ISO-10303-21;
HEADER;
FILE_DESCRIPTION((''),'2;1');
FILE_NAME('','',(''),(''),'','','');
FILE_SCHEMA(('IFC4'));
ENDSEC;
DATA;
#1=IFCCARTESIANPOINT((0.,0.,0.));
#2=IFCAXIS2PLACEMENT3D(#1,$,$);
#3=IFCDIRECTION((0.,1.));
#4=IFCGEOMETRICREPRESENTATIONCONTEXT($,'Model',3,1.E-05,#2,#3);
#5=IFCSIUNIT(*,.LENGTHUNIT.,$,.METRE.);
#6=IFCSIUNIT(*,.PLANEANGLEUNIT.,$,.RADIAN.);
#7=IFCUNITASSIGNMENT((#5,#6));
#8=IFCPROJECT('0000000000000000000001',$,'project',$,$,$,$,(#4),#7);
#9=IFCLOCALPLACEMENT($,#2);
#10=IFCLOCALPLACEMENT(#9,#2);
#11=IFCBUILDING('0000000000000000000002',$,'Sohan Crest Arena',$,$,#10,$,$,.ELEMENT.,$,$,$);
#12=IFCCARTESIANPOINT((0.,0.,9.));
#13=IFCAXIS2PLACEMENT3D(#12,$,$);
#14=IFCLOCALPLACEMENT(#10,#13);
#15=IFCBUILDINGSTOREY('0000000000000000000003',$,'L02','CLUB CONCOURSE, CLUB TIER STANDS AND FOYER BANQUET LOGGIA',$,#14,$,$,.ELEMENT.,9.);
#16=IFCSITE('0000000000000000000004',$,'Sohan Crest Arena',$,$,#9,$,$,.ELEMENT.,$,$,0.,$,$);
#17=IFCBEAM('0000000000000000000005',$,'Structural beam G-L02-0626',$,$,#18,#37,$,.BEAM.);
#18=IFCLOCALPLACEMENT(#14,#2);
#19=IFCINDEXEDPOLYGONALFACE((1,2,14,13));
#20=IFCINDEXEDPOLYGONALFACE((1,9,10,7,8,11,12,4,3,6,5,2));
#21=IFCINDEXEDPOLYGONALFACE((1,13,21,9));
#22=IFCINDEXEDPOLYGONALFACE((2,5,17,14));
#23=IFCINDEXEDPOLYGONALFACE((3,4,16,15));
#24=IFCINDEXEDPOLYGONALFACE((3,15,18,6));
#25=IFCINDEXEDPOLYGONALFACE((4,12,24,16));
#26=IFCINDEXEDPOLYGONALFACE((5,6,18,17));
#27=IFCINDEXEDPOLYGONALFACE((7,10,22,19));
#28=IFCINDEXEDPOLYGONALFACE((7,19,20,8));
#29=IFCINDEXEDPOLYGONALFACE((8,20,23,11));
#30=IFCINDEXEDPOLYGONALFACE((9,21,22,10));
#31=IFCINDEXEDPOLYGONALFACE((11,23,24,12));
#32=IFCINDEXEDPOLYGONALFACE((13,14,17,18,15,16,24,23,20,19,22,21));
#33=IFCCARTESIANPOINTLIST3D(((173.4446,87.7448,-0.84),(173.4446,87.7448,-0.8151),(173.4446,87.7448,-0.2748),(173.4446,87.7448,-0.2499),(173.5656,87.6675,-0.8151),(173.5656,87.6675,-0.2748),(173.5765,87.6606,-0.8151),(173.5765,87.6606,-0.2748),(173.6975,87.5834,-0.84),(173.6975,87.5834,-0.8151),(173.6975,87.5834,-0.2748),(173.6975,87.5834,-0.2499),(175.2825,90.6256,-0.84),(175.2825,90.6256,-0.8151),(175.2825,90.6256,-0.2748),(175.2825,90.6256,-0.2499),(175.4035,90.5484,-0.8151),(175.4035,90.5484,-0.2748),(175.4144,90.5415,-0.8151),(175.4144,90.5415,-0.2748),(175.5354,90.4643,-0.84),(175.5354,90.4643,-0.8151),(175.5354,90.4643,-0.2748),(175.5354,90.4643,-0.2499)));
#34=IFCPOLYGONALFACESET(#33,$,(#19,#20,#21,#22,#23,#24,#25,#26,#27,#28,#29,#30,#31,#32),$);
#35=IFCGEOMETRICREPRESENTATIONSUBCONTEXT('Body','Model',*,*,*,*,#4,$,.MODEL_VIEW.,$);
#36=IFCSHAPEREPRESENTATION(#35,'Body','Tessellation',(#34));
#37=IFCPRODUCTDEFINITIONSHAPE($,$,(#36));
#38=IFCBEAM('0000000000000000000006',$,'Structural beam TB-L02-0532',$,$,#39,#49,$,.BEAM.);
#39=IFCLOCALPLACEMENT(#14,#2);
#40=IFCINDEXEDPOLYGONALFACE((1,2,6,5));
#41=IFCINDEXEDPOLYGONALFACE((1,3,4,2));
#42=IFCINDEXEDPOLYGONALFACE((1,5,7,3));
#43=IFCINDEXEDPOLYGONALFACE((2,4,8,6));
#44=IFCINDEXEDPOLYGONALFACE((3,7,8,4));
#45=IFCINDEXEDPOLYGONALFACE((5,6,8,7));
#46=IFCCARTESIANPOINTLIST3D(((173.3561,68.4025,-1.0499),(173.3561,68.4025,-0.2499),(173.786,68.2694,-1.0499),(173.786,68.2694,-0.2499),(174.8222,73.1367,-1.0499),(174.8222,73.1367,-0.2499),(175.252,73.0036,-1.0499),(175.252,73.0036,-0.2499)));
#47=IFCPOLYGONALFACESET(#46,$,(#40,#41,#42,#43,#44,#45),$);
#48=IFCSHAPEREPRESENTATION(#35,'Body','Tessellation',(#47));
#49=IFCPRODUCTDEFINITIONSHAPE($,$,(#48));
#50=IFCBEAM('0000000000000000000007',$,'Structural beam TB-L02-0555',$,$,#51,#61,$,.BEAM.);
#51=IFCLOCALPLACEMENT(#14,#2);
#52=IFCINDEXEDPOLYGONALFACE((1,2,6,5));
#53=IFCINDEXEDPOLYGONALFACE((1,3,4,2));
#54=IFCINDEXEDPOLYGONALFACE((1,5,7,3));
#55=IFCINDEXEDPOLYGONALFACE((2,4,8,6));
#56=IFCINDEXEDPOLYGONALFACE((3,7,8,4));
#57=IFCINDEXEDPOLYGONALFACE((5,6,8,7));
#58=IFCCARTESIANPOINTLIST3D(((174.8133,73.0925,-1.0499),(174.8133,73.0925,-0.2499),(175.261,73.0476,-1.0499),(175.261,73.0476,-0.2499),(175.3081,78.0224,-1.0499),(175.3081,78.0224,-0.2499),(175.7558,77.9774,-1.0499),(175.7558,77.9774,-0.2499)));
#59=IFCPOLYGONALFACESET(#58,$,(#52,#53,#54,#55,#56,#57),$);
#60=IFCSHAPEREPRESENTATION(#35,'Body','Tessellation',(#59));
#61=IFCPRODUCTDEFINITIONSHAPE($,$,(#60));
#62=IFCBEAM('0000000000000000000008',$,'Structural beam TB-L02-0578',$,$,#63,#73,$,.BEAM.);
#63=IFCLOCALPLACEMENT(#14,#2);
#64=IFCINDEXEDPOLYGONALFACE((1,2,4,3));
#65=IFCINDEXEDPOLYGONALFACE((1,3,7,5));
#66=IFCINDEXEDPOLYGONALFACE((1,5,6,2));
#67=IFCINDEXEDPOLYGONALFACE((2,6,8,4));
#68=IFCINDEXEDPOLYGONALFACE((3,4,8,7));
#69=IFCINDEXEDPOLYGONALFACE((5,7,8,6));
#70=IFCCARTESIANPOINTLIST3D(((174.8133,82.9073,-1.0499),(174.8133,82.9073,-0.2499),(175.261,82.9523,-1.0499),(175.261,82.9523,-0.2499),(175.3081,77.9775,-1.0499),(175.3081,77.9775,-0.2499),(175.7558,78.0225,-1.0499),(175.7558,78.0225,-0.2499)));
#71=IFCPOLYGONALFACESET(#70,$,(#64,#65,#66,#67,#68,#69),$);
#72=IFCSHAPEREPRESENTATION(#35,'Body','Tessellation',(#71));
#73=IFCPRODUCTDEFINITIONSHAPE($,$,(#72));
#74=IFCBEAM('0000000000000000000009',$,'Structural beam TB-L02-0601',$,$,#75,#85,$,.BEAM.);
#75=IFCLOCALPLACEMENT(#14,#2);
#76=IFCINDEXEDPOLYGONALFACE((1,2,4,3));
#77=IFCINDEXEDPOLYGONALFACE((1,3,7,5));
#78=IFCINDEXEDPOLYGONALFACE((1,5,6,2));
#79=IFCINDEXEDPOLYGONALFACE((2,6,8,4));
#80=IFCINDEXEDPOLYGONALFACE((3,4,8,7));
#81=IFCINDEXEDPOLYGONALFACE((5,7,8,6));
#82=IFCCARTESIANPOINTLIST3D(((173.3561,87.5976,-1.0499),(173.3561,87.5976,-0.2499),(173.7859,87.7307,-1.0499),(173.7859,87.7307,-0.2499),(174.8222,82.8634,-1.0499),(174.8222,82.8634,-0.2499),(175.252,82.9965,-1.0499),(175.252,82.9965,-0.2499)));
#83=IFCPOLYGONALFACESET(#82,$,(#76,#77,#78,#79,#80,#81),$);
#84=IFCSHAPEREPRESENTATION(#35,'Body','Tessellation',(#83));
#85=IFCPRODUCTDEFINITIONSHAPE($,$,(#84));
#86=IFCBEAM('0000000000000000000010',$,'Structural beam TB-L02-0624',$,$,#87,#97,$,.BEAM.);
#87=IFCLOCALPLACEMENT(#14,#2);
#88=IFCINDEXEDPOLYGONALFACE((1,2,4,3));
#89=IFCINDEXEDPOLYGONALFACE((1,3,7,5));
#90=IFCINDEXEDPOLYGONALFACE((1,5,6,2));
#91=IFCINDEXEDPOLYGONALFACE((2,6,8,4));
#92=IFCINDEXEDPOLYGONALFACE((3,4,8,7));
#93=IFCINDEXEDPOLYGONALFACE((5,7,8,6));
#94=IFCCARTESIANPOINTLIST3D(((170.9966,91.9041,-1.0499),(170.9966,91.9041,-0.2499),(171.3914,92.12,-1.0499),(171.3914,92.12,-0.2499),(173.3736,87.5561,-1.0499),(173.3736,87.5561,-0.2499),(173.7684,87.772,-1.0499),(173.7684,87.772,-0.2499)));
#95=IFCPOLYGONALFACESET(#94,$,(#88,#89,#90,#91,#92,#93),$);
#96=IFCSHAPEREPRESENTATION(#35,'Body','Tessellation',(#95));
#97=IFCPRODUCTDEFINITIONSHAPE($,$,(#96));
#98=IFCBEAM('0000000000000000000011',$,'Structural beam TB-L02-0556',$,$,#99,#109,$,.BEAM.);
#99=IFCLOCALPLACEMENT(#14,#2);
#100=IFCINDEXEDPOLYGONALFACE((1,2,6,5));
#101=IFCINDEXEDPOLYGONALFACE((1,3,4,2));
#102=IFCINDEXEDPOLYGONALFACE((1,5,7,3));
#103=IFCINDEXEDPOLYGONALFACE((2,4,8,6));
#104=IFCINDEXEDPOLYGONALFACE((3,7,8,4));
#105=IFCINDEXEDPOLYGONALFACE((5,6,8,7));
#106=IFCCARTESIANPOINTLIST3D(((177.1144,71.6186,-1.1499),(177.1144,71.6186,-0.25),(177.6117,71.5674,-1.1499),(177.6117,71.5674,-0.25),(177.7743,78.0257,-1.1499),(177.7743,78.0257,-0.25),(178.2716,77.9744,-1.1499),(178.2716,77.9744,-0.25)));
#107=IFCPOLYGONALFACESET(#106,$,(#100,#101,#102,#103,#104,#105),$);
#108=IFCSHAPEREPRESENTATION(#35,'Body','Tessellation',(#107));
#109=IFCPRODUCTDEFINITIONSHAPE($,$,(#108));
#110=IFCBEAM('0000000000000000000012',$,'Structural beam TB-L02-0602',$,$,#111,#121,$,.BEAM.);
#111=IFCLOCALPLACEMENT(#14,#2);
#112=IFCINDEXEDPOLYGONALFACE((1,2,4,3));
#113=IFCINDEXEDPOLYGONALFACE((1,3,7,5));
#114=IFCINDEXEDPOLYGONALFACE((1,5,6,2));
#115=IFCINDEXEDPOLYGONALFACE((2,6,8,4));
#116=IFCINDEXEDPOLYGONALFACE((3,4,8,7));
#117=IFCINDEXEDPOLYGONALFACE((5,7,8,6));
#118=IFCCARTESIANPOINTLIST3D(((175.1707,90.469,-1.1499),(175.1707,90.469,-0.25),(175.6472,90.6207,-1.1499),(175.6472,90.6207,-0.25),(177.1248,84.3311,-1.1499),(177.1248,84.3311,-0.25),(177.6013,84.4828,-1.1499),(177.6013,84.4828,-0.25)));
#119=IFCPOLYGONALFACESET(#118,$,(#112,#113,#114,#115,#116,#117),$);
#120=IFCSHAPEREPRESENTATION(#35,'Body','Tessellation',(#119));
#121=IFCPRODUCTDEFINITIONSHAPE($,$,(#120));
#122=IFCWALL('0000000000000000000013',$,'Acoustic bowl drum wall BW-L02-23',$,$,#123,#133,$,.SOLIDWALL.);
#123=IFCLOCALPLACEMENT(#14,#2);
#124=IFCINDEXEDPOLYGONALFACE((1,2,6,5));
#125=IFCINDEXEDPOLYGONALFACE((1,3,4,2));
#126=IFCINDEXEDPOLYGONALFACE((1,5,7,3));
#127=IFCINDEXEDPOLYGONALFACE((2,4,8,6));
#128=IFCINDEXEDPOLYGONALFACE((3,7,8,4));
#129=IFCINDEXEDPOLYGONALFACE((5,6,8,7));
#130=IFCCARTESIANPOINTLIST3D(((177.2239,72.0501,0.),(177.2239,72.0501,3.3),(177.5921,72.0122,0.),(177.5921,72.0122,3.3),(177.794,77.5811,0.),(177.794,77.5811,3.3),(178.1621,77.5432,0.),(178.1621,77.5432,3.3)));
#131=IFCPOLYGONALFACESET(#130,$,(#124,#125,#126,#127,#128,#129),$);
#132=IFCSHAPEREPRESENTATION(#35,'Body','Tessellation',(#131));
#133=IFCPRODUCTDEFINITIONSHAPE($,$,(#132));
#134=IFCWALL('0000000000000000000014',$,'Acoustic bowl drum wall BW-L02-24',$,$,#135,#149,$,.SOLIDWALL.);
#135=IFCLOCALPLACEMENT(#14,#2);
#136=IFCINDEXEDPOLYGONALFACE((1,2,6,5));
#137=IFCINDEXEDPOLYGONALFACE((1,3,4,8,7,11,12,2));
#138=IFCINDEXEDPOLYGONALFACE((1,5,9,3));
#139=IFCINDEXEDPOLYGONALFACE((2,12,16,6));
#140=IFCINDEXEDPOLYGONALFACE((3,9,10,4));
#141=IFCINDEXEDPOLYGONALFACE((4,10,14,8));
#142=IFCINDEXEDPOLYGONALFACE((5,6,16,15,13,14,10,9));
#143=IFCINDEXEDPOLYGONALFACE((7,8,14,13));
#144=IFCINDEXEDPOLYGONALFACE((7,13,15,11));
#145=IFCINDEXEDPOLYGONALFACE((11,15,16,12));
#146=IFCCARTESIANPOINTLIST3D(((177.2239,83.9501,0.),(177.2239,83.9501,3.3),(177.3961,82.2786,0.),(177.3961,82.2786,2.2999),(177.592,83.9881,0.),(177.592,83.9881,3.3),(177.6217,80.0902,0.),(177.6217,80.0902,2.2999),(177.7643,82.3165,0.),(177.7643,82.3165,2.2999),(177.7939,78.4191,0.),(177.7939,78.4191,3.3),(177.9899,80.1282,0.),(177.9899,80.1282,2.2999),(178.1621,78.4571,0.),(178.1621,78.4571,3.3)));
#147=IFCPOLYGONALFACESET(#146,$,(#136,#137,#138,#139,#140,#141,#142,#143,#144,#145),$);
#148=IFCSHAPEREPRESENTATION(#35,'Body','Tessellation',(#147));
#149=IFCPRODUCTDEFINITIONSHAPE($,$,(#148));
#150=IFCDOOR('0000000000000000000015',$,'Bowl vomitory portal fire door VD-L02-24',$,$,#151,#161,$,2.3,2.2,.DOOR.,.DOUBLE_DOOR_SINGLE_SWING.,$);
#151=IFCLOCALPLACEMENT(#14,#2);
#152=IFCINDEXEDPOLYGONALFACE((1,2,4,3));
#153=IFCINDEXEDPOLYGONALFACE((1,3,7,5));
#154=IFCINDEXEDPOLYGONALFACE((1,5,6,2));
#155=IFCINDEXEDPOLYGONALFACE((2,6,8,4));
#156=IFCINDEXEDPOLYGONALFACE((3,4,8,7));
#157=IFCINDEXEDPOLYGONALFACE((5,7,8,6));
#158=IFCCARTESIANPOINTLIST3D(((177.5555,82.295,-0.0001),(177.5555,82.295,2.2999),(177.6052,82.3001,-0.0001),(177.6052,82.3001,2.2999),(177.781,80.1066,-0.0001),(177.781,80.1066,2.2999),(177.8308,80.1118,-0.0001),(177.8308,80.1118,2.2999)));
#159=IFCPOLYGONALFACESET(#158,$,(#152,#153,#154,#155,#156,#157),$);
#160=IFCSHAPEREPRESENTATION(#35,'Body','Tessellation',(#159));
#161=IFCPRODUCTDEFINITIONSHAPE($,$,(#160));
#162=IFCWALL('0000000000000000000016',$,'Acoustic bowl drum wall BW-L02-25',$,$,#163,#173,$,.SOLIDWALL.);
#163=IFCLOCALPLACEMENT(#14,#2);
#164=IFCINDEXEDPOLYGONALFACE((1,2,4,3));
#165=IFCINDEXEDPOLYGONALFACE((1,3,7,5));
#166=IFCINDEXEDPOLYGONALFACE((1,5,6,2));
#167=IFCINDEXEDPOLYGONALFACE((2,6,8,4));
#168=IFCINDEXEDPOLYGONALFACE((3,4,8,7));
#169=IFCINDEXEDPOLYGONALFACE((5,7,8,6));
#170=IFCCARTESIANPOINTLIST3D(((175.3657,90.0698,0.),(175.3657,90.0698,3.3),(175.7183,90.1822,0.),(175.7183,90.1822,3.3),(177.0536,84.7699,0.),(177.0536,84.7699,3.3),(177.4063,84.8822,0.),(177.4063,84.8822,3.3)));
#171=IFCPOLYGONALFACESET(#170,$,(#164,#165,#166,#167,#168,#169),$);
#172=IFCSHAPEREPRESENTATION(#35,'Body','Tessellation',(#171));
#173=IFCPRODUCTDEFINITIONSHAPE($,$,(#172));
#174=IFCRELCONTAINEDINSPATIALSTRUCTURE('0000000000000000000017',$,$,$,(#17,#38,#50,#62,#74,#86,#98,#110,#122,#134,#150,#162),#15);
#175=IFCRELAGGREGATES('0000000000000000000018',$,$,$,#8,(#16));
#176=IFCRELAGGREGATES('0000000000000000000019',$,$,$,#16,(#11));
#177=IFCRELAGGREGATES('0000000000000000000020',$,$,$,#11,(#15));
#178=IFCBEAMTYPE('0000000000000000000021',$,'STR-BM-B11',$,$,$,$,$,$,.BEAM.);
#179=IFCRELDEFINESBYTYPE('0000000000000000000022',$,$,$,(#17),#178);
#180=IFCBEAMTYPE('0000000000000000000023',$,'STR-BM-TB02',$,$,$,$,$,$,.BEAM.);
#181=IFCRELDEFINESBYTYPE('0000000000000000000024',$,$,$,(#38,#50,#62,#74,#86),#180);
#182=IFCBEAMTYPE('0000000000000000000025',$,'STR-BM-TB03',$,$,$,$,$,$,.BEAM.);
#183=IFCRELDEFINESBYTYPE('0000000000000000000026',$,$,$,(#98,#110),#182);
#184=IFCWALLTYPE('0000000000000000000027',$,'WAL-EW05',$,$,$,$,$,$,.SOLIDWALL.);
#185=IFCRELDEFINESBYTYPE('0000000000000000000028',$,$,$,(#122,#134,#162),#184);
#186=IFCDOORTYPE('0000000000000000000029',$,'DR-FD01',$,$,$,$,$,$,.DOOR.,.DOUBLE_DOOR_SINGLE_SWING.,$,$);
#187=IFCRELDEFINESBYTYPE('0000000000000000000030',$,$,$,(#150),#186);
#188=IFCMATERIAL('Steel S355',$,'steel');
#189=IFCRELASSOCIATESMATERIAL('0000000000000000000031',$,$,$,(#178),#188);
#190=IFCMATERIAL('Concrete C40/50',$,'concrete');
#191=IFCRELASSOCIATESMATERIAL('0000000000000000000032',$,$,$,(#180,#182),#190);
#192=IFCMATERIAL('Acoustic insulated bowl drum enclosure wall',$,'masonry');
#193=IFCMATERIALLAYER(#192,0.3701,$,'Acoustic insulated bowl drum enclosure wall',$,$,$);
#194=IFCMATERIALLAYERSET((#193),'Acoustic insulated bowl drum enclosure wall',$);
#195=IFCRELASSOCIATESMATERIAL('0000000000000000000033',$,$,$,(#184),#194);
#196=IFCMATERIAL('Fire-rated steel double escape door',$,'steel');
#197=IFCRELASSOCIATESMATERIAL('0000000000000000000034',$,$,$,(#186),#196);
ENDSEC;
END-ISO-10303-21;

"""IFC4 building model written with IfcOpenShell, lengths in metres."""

from ifc_helpers import new_model, si_unit, direction, frame, frame_2d, origin, origin_2d, place, context, subcontext, project, spatial, rectangle, i_section, extrude, material, layer, layer_set, material_profile, profile_set, type_object, element, fill, save


model = new_model("IFC4")

# Units and contexts
model_context = context("Model", 3, precision=1e-05, world=origin(), true_north=direction((0.0, 1.0)))
body_context = subcontext(model_context, "Body", "Model", "MODEL_VIEW")
ifc_project = project(units=[si_unit("LENGTHUNIT", "METRE"), si_unit("PLANEANGLEUNIT", "RADIAN")], contexts=[model_context])

# Site, building, storey
site_placement = place(None, origin())
site = spatial("IfcSite", under=ifc_project, at=site_placement, Name="Sohan Crest Arena", CompositionType="ELEMENT", RefElevation=0.0)
building_placement = place(site_placement, origin())
building = spatial("IfcBuilding", under=site, at=building_placement, Name="Sohan Crest Arena", CompositionType="ELEMENT")
storey_placement = place(building_placement, frame((0.0, 0.0, 9.0)))
storey = spatial("IfcBuildingStorey", under=building, at=storey_placement, Name="L02", Description="CLUB CONCOURSE, CLUB TIER STANDS AND FOYER BANQUET LOGGIA", CompositionType="ELEMENT", Elevation=9.0)

# Shared definitions
ifc_material_1 = material(Name="Concrete C40/50", Category="concrete")

# Beams
ifc_material_2 = material(Name="Steel S355", Category="steel")
ifc_material_profile_1 = material_profile(ifc_material_2, i_section(OverallWidth=0.3, OverallDepth=0.5901, WebThickness=0.0129, FlangeThickness=0.0249, at=origin_2d()), Name="HEA 600")
ifc_profile_set_1 = profile_set([ifc_material_profile_1], Name="Steel S355")
beam_type_1 = type_object("IfcBeamType", Name="STR-BM-B11", PredefinedType="BEAM", material=ifc_profile_set_1)
beam_1_placement = place(storey_placement, frame((173.571, 87.6641, -0.5449), z_axis=(0.537837, 0.843049, 0.0), x_axis=(-0.843049, 0.537837, 0.0)))
element("IfcBeam", 1, at=beam_1_placement, inside=storey, type_object=beam_type_1, Name="Structural beam G-L02-0626", PredefinedType="BEAM", context=body_context, shape_type="SweptSolid", body=[
    extrude(i_section(OverallWidth=0.3, OverallDepth=0.5901, WebThickness=0.0129, FlangeThickness=0.0249, at=origin_2d()), origin(), (0.0, 0.0, 1.0), 3.4172),
])
ifc_material_profile_2 = material_profile(ifc_material_1, rectangle(XDim=0.45, YDim=0.8, at=origin_2d()), Name="RC-BM 450x800")
ifc_profile_set_2 = profile_set([ifc_material_profile_2], Name="Concrete C40/50")
beam_type_2 = type_object("IfcBeamType", Name="STR-BM-TB02", PredefinedType="BEAM", material=ifc_profile_set_2)
beam_2_placement = place(storey_placement, frame((173.571, 68.3359, -0.6499), z_axis=(0.29582, 0.955244, 0.0), x_axis=(-0.955244, 0.29582, 0.0)))
element("IfcBeam", 2, at=beam_2_placement, inside=storey, type_object=beam_type_2, Name="Structural beam TB-L02-0532", PredefinedType="BEAM", context=body_context, shape_type="SweptSolid", body=[
    extrude(rectangle(XDim=0.45, YDim=0.8, at=origin_2d()), origin(), (0.0, 0.0, 1.0), 4.9561),
])
for number, where, z_axis, x_axis, name in (
    (3, (175.0371, 73.0701, -0.6499), (0.099879, 0.995, 0.0), (-0.995, 0.099879, 0.0), "Structural beam TB-L02-0555"),
    (4, (175.532, 78.0, -0.6499), (-0.099879, 0.995, 0.0), (-0.995, -0.099879, 0.0), "Structural beam TB-L02-0578"),
):
    element("IfcBeam", number, at=place(storey_placement, frame(where, z_axis=z_axis, x_axis=x_axis)), inside=storey, type_object=beam_type_2, Name=name, PredefinedType="BEAM", context=body_context, shape_type="SweptSolid", body=[
        extrude(rectangle(XDim=0.45, YDim=0.8, at=origin_2d()), origin(), (0.0, 0.0, 1.0), 4.9546),
    ])
beam_3_placement = place(storey_placement, frame((175.0371, 82.9299, -0.6499), z_axis=(-0.29582, 0.955244, 0.0), x_axis=(-0.955244, -0.29582, 0.0)))
element("IfcBeam", 5, at=beam_3_placement, inside=storey, type_object=beam_type_2, Name="Structural beam TB-L02-0601", PredefinedType="BEAM", context=body_context, shape_type="SweptSolid", body=[
    extrude(rectangle(XDim=0.45, YDim=0.8, at=origin_2d()), origin(), (0.0, 0.0, 1.0), 4.9561),
])
beam_4_placement = place(storey_placement, frame((173.571, 87.6641, -0.6499), z_axis=(-0.479687, 0.87744, 0.0), x_axis=(-0.87744, -0.479687, 0.0)))
element("IfcBeam", 6, at=beam_4_placement, inside=storey, type_object=beam_type_2, Name="Structural beam TB-L02-0624", PredefinedType="BEAM", context=body_context, shape_type="SweptSolid", body=[
    extrude(rectangle(XDim=0.45, YDim=0.8, at=origin_2d()), origin(), (0.0, 0.0, 1.0), 4.9553),
])
ifc_material_profile_3 = material_profile(ifc_material_1, rectangle(XDim=0.5, YDim=0.8999, at=origin_2d()), Name="RC-BM 500x900")
ifc_profile_set_3 = profile_set([ifc_material_profile_3], Name="Concrete C40/50")
beam_type_3 = type_object("IfcBeamType", Name="STR-BM-TB03", PredefinedType="BEAM", material=ifc_profile_set_3)
beam_5_placement = place(storey_placement, frame((177.363, 71.593, -0.7), z_axis=(0.102457, 0.994737, 0.0), x_axis=(-0.994737, 0.102457, 0.0)))
element("IfcBeam", 7, at=beam_5_placement, inside=storey, type_object=beam_type_3, Name="Structural beam TB-L02-0556", PredefinedType="BEAM", context=body_context, shape_type="SweptSolid", body=[
    extrude(rectangle(XDim=0.5, YDim=0.8999, at=origin_2d()), origin(), (0.0, 0.0, 1.0), 6.4409),
])
beam_6_placement = place(storey_placement, frame((177.363, 84.407, -0.7), z_axis=(-0.303362, 0.952875, 0.0), x_axis=(-0.952875, -0.303362, 0.0)))
element("IfcBeam", 8, at=beam_6_placement, inside=storey, type_object=beam_type_3, Name="Structural beam TB-L02-0602", PredefinedType="BEAM", context=body_context, shape_type="SweptSolid", body=[
    extrude(rectangle(XDim=0.5, YDim=0.8999, at=origin_2d()), origin(), (0.0, 0.0, 1.0), 6.4414),
])

# Wall
ifc_material_3 = material(Name="Acoustic insulated bowl drum enclosure wall", Category="masonry")
ifc_layer = layer(ifc_material_3, 0.3701, Name="Acoustic insulated bowl drum enclosure wall")
ifc_layer_set = layer_set([ifc_layer], Name="Acoustic insulated bowl drum enclosure wall")
wall_type = type_object("IfcWallType", Name="WAL-EW05", PredefinedType="SOLIDWALL", material=ifc_layer_set)
wall_1_placement = place(storey_placement, frame((177.408, 72.031, 0.0), z_axis=(0.0, 0.0, 1.0), x_axis=(0.102525, 0.99473, 0.0)))
element("IfcWall", 9, at=wall_1_placement, inside=storey, type_object=wall_type, Name="Acoustic bowl drum wall BW-L02-23", PredefinedType="SOLIDWALL", context=body_context, shape_type="SweptSolid", body=[
    extrude(rectangle(XDim=5.5603, YDim=0.3701, at=frame_2d((2.7803, 0.0))), origin(), (0.0, 0.0, 1.0), 3.3),
])

# Wall, opening, door
wall_2_placement = place(storey_placement, frame((177.978, 78.438, 0.0), z_axis=(0.0, 0.0, 1.0), x_axis=(-0.102525, 0.99473, 0.0)))
wall_2 = element("IfcWall", 10, at=wall_2_placement, inside=storey, type_object=wall_type, Name="Acoustic bowl drum wall BW-L02-24", PredefinedType="SOLIDWALL", context=body_context, shape_type="SweptSolid", body=[
    extrude(rectangle(XDim=5.5603, YDim=0.3701, at=frame_2d((2.7803, 0.0))), origin(), (0.0, 0.0, 1.0), 3.3),
])
opening_placement = place(wall_2_placement, frame((1.6799, 0.0, 0.0)))
opening = element("IfcOpeningElement", 11, at=opening_placement, cuts=wall_2, PredefinedType="OPENING", context=body_context, shape_type="SweptSolid", body=[
    extrude(rectangle(XDim=2.2, YDim=2.3, at=frame_2d((1.1001, 1.1499))), frame((0.0, 0.1951, 0.0), z_axis=(0.0, -1.0, 0.0), x_axis=(1.0, 0.0, 0.0)), (0.0, 0.0, 1.0), 0.3901),
])
ifc_material_4 = material(Name="Fire-rated steel double escape door", Category="steel")
door_type = type_object("IfcDoorType", Name="DR-FD01", OperationType="DOUBLE_DOOR_SINGLE_SWING", PredefinedType="DOOR", material=ifc_material_4)
door_placement = place(opening_placement, origin())
door = element("IfcDoor", 12, at=door_placement, inside=storey, type_object=door_type, Name="Bowl vomitory portal fire door VD-L02-24", OperationType="DOUBLE_DOOR_SINGLE_SWING", OverallHeight=2.3, OverallWidth=2.2, PredefinedType="DOOR", context=body_context, shape_type="SweptSolid", body=[
    extrude(rectangle(XDim=2.2, YDim=2.3, at=frame_2d((1.1001, 1.1499))), frame((0.0, 0.0249, 0.0), z_axis=(0.0, -1.0, 0.0), x_axis=(1.0, 0.0, 0.0)), (0.0, 0.0, 1.0), 0.05),
])
fill(opening, door)

# Wall
wall_3_placement = place(storey_placement, frame((177.23, 84.8259, 0.0), z_axis=(0.0, 0.0, 1.0), x_axis=(-0.303466, 0.952842, 0.0)))
element("IfcWall", 13, at=wall_3_placement, inside=storey, type_object=wall_type, Name="Acoustic bowl drum wall BW-L02-25", PredefinedType="SOLIDWALL", context=body_context, shape_type="SweptSolid", body=[
    extrude(rectangle(XDim=5.5623, YDim=0.3701, at=frame_2d((2.7812, 0.0))), origin(), (0.0, 0.0, 1.0), 3.3),
])

save(model, "model.ifc")
